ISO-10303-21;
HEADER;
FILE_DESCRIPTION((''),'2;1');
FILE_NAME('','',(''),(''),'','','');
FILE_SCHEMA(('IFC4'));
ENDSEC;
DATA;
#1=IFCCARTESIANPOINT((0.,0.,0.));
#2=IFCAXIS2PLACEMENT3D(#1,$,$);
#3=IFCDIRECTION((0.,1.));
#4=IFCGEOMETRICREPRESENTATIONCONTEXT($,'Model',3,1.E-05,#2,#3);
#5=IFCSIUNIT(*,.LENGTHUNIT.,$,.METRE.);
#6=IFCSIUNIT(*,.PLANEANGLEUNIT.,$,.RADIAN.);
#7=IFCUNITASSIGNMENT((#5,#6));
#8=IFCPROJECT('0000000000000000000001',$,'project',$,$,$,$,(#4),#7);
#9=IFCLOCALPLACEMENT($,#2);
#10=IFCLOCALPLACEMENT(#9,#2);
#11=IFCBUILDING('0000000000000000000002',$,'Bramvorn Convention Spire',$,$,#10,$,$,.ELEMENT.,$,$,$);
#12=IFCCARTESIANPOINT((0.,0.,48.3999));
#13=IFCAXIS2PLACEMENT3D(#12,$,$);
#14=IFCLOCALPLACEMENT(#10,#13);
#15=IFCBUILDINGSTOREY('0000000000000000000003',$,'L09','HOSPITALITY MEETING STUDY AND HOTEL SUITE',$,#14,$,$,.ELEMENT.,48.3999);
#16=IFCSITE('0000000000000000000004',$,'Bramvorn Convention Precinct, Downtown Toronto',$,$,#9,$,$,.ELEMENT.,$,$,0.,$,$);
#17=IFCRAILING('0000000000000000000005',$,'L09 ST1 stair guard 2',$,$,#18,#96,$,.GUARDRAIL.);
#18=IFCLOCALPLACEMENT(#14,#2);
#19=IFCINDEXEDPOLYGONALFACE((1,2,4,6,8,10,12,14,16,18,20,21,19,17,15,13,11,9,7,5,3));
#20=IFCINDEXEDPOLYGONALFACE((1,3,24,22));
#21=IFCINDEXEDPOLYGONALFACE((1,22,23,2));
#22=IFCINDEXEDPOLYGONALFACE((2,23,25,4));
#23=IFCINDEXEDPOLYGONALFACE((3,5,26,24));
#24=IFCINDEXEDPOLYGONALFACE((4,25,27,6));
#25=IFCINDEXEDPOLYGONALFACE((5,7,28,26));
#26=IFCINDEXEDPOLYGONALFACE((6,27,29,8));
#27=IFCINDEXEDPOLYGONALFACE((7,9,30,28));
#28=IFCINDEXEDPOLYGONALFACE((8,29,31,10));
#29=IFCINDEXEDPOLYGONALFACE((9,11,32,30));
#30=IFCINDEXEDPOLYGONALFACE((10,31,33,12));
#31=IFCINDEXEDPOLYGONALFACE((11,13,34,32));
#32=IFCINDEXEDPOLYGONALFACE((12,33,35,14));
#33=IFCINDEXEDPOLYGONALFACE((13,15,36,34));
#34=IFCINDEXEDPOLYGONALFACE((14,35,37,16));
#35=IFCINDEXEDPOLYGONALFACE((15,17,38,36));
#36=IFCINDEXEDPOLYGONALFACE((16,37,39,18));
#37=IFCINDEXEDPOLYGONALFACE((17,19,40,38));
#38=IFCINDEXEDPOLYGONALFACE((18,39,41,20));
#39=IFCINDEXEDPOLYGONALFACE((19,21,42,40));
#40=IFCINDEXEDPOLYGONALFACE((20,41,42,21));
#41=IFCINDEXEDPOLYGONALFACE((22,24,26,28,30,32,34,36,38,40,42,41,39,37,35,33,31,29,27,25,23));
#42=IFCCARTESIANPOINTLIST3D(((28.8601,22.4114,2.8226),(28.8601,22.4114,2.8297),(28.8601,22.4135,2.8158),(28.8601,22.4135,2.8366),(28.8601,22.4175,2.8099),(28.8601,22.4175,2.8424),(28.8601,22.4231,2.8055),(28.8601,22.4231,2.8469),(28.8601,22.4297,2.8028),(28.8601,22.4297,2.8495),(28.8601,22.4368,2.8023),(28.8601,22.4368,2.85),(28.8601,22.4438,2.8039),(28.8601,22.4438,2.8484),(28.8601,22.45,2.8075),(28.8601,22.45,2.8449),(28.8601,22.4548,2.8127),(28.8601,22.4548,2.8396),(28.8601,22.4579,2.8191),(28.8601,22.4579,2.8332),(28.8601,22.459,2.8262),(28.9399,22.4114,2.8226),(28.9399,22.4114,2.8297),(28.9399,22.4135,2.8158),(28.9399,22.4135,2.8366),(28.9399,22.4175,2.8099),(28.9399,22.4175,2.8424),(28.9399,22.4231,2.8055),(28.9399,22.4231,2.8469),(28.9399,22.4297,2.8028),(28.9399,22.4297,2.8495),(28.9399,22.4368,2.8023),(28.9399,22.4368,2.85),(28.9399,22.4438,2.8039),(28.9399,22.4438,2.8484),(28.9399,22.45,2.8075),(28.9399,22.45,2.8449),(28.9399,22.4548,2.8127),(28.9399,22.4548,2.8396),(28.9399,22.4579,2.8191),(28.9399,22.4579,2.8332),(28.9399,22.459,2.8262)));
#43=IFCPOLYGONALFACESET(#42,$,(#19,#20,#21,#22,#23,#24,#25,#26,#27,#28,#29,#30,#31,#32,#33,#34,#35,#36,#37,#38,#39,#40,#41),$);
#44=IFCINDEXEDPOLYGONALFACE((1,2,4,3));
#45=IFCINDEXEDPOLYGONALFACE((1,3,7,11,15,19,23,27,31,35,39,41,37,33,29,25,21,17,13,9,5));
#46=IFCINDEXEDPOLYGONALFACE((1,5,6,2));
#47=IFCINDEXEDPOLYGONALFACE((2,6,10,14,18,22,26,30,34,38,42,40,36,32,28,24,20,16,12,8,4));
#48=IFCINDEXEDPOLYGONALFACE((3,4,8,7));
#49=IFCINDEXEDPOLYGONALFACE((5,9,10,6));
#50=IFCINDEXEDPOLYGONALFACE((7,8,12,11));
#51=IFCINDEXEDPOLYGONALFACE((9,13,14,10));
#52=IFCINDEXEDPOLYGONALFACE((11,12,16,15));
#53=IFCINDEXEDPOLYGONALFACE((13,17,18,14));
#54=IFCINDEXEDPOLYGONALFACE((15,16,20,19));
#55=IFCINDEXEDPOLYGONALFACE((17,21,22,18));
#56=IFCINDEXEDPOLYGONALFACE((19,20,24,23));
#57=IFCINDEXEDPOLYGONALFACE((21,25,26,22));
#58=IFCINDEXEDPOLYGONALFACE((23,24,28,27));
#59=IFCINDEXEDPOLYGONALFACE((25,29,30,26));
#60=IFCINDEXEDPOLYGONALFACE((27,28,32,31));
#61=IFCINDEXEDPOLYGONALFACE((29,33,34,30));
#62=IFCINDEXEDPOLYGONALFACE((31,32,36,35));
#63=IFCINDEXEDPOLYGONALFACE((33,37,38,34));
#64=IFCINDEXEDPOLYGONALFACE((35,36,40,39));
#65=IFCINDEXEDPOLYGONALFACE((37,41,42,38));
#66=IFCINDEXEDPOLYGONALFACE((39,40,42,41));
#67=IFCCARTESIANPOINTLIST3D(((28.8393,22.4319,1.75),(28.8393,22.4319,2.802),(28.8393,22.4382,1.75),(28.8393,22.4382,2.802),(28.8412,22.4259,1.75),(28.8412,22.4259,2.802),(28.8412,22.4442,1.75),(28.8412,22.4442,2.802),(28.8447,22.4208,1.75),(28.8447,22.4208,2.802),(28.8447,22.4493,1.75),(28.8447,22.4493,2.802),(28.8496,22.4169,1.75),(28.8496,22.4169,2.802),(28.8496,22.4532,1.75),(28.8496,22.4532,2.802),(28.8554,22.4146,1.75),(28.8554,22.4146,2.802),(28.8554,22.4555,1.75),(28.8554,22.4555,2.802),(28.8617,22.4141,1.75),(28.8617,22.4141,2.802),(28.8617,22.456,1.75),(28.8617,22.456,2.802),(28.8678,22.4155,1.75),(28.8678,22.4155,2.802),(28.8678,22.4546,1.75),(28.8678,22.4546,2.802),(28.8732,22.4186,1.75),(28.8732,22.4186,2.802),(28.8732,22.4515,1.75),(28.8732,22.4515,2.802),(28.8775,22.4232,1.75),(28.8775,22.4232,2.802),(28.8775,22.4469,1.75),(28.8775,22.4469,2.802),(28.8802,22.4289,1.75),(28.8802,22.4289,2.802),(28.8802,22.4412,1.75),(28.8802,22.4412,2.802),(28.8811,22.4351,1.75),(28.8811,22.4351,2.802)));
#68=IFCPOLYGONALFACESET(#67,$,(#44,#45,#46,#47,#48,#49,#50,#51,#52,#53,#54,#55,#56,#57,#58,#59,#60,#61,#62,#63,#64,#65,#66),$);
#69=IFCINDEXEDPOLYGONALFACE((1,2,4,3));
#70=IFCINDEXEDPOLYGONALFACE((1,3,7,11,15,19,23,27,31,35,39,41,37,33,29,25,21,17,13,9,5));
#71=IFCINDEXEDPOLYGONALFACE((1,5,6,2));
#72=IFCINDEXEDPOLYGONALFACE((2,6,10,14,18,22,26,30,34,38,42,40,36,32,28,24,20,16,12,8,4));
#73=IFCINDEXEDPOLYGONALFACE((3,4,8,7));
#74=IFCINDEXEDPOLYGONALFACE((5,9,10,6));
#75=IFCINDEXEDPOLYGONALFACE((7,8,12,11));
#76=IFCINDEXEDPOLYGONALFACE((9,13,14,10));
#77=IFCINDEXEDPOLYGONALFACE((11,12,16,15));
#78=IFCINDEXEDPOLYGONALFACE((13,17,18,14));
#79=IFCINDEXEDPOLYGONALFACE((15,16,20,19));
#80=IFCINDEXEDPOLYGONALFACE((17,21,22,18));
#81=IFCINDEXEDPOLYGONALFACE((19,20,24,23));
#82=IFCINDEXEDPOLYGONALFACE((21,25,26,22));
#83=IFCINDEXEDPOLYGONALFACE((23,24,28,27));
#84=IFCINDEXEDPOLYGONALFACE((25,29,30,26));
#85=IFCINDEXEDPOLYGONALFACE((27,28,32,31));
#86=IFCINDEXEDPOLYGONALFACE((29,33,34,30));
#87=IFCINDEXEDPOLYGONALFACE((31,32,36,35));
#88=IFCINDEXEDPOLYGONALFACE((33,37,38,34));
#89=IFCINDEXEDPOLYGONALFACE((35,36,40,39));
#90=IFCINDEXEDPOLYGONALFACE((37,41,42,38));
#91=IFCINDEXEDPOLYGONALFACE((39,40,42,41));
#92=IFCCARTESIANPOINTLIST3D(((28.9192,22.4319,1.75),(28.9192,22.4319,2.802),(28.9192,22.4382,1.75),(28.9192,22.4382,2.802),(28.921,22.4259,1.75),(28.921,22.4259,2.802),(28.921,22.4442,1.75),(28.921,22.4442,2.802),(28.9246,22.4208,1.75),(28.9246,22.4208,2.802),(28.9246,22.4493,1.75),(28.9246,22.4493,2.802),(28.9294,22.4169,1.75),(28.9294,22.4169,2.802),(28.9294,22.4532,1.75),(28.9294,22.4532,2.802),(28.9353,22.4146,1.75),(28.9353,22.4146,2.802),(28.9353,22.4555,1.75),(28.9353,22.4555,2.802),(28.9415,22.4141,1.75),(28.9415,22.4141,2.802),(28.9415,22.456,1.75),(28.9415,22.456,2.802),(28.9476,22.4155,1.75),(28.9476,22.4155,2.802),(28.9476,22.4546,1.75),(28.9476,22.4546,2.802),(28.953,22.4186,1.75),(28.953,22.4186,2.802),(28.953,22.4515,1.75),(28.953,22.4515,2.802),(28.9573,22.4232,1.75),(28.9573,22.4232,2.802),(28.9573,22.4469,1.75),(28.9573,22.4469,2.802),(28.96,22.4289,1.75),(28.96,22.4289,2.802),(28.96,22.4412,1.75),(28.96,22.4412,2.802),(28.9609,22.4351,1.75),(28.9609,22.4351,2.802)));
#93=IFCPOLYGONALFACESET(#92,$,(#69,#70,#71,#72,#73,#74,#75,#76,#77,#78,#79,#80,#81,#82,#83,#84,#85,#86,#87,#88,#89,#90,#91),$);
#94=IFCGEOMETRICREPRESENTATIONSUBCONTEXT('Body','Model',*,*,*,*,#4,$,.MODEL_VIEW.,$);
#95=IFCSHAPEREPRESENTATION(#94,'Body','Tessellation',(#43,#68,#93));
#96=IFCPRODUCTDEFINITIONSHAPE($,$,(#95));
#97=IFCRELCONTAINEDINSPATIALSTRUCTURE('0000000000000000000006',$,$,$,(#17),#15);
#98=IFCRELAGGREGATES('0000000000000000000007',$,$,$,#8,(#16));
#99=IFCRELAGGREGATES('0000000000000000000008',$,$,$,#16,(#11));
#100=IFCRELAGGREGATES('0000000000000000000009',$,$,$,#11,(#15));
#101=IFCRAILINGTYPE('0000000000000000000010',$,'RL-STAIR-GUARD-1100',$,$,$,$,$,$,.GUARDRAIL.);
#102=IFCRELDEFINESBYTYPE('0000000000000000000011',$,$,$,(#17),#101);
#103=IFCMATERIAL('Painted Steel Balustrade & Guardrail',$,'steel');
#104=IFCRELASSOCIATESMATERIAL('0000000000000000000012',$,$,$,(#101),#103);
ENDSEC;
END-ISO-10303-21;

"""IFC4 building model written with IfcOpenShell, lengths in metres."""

from ifc_helpers import new_model, si_unit, direction, frame, origin, origin_2d, place, context, subcontext, project, spatial, circle, extrude, material, type_object, element, save


model = new_model("IFC4")

# Units and contexts
model_context = context("Model", 3, precision=1e-05, world=origin(), true_north=direction((0.0, 1.0)))
body_context = subcontext(model_context, "Body", "Model", "MODEL_VIEW")
ifc_project = project(units=[si_unit("LENGTHUNIT", "METRE"), si_unit("PLANEANGLEUNIT", "RADIAN")], contexts=[model_context])

# Site, building, storey
site_placement = place(None, origin())
site = spatial("IfcSite", under=ifc_project, at=site_placement, Name="Bramvorn Convention Precinct, Downtown Toronto", CompositionType="ELEMENT", RefElevation=0.0)
building_placement = place(site_placement, origin())
building = spatial("IfcBuilding", under=site, at=building_placement, Name="Bramvorn Convention Spire", CompositionType="ELEMENT")
storey_placement = place(building_placement, frame((0.0, 0.0, 48.3999)))
storey = spatial("IfcBuildingStorey", under=building, at=storey_placement, Name="L09", Description="HOSPITALITY MEETING STUDY AND HOTEL SUITE", CompositionType="ELEMENT", Elevation=48.3999)

# Railing
ifc_material_1 = material(Name="Painted Steel Balustrade & Guardrail", Category="steel")
railing_type_1 = type_object("IfcRailingType", Name="RL-STAIR-GUARD-1100", PredefinedType="GUARDRAIL", material=ifc_material_1)
railing_1_placement = place(storey_placement, frame((28.8601, 22.4351, 1.75)))
element("IfcRailing", 1, at=railing_1_placement, inside=storey, type_object=railing_type_1, Name="L09 ST1 stair guard 2", PredefinedType="GUARDRAIL", context=body_context, shape_type="SweptSolid", body=[
    extrude(circle(Radius=0.0239, at=origin_2d()), frame((0.0, 0.0, 1.0762), z_axis=(1.0, 0.0, 0.0), x_axis=(0.0, 1.0, 0.0)), (0.0, 0.0, 1.0), 0.0798),
    extrude(circle(Radius=0.021, at=origin_2d()), origin(), (0.0, 0.0, 1.0), 1.052),
    extrude(circle(Radius=0.021, at=origin_2d()), frame((0.0798, 0.0, 0.0)), (0.0, 0.0, 1.0), 1.052),
])

save(model, "model.ifc")
